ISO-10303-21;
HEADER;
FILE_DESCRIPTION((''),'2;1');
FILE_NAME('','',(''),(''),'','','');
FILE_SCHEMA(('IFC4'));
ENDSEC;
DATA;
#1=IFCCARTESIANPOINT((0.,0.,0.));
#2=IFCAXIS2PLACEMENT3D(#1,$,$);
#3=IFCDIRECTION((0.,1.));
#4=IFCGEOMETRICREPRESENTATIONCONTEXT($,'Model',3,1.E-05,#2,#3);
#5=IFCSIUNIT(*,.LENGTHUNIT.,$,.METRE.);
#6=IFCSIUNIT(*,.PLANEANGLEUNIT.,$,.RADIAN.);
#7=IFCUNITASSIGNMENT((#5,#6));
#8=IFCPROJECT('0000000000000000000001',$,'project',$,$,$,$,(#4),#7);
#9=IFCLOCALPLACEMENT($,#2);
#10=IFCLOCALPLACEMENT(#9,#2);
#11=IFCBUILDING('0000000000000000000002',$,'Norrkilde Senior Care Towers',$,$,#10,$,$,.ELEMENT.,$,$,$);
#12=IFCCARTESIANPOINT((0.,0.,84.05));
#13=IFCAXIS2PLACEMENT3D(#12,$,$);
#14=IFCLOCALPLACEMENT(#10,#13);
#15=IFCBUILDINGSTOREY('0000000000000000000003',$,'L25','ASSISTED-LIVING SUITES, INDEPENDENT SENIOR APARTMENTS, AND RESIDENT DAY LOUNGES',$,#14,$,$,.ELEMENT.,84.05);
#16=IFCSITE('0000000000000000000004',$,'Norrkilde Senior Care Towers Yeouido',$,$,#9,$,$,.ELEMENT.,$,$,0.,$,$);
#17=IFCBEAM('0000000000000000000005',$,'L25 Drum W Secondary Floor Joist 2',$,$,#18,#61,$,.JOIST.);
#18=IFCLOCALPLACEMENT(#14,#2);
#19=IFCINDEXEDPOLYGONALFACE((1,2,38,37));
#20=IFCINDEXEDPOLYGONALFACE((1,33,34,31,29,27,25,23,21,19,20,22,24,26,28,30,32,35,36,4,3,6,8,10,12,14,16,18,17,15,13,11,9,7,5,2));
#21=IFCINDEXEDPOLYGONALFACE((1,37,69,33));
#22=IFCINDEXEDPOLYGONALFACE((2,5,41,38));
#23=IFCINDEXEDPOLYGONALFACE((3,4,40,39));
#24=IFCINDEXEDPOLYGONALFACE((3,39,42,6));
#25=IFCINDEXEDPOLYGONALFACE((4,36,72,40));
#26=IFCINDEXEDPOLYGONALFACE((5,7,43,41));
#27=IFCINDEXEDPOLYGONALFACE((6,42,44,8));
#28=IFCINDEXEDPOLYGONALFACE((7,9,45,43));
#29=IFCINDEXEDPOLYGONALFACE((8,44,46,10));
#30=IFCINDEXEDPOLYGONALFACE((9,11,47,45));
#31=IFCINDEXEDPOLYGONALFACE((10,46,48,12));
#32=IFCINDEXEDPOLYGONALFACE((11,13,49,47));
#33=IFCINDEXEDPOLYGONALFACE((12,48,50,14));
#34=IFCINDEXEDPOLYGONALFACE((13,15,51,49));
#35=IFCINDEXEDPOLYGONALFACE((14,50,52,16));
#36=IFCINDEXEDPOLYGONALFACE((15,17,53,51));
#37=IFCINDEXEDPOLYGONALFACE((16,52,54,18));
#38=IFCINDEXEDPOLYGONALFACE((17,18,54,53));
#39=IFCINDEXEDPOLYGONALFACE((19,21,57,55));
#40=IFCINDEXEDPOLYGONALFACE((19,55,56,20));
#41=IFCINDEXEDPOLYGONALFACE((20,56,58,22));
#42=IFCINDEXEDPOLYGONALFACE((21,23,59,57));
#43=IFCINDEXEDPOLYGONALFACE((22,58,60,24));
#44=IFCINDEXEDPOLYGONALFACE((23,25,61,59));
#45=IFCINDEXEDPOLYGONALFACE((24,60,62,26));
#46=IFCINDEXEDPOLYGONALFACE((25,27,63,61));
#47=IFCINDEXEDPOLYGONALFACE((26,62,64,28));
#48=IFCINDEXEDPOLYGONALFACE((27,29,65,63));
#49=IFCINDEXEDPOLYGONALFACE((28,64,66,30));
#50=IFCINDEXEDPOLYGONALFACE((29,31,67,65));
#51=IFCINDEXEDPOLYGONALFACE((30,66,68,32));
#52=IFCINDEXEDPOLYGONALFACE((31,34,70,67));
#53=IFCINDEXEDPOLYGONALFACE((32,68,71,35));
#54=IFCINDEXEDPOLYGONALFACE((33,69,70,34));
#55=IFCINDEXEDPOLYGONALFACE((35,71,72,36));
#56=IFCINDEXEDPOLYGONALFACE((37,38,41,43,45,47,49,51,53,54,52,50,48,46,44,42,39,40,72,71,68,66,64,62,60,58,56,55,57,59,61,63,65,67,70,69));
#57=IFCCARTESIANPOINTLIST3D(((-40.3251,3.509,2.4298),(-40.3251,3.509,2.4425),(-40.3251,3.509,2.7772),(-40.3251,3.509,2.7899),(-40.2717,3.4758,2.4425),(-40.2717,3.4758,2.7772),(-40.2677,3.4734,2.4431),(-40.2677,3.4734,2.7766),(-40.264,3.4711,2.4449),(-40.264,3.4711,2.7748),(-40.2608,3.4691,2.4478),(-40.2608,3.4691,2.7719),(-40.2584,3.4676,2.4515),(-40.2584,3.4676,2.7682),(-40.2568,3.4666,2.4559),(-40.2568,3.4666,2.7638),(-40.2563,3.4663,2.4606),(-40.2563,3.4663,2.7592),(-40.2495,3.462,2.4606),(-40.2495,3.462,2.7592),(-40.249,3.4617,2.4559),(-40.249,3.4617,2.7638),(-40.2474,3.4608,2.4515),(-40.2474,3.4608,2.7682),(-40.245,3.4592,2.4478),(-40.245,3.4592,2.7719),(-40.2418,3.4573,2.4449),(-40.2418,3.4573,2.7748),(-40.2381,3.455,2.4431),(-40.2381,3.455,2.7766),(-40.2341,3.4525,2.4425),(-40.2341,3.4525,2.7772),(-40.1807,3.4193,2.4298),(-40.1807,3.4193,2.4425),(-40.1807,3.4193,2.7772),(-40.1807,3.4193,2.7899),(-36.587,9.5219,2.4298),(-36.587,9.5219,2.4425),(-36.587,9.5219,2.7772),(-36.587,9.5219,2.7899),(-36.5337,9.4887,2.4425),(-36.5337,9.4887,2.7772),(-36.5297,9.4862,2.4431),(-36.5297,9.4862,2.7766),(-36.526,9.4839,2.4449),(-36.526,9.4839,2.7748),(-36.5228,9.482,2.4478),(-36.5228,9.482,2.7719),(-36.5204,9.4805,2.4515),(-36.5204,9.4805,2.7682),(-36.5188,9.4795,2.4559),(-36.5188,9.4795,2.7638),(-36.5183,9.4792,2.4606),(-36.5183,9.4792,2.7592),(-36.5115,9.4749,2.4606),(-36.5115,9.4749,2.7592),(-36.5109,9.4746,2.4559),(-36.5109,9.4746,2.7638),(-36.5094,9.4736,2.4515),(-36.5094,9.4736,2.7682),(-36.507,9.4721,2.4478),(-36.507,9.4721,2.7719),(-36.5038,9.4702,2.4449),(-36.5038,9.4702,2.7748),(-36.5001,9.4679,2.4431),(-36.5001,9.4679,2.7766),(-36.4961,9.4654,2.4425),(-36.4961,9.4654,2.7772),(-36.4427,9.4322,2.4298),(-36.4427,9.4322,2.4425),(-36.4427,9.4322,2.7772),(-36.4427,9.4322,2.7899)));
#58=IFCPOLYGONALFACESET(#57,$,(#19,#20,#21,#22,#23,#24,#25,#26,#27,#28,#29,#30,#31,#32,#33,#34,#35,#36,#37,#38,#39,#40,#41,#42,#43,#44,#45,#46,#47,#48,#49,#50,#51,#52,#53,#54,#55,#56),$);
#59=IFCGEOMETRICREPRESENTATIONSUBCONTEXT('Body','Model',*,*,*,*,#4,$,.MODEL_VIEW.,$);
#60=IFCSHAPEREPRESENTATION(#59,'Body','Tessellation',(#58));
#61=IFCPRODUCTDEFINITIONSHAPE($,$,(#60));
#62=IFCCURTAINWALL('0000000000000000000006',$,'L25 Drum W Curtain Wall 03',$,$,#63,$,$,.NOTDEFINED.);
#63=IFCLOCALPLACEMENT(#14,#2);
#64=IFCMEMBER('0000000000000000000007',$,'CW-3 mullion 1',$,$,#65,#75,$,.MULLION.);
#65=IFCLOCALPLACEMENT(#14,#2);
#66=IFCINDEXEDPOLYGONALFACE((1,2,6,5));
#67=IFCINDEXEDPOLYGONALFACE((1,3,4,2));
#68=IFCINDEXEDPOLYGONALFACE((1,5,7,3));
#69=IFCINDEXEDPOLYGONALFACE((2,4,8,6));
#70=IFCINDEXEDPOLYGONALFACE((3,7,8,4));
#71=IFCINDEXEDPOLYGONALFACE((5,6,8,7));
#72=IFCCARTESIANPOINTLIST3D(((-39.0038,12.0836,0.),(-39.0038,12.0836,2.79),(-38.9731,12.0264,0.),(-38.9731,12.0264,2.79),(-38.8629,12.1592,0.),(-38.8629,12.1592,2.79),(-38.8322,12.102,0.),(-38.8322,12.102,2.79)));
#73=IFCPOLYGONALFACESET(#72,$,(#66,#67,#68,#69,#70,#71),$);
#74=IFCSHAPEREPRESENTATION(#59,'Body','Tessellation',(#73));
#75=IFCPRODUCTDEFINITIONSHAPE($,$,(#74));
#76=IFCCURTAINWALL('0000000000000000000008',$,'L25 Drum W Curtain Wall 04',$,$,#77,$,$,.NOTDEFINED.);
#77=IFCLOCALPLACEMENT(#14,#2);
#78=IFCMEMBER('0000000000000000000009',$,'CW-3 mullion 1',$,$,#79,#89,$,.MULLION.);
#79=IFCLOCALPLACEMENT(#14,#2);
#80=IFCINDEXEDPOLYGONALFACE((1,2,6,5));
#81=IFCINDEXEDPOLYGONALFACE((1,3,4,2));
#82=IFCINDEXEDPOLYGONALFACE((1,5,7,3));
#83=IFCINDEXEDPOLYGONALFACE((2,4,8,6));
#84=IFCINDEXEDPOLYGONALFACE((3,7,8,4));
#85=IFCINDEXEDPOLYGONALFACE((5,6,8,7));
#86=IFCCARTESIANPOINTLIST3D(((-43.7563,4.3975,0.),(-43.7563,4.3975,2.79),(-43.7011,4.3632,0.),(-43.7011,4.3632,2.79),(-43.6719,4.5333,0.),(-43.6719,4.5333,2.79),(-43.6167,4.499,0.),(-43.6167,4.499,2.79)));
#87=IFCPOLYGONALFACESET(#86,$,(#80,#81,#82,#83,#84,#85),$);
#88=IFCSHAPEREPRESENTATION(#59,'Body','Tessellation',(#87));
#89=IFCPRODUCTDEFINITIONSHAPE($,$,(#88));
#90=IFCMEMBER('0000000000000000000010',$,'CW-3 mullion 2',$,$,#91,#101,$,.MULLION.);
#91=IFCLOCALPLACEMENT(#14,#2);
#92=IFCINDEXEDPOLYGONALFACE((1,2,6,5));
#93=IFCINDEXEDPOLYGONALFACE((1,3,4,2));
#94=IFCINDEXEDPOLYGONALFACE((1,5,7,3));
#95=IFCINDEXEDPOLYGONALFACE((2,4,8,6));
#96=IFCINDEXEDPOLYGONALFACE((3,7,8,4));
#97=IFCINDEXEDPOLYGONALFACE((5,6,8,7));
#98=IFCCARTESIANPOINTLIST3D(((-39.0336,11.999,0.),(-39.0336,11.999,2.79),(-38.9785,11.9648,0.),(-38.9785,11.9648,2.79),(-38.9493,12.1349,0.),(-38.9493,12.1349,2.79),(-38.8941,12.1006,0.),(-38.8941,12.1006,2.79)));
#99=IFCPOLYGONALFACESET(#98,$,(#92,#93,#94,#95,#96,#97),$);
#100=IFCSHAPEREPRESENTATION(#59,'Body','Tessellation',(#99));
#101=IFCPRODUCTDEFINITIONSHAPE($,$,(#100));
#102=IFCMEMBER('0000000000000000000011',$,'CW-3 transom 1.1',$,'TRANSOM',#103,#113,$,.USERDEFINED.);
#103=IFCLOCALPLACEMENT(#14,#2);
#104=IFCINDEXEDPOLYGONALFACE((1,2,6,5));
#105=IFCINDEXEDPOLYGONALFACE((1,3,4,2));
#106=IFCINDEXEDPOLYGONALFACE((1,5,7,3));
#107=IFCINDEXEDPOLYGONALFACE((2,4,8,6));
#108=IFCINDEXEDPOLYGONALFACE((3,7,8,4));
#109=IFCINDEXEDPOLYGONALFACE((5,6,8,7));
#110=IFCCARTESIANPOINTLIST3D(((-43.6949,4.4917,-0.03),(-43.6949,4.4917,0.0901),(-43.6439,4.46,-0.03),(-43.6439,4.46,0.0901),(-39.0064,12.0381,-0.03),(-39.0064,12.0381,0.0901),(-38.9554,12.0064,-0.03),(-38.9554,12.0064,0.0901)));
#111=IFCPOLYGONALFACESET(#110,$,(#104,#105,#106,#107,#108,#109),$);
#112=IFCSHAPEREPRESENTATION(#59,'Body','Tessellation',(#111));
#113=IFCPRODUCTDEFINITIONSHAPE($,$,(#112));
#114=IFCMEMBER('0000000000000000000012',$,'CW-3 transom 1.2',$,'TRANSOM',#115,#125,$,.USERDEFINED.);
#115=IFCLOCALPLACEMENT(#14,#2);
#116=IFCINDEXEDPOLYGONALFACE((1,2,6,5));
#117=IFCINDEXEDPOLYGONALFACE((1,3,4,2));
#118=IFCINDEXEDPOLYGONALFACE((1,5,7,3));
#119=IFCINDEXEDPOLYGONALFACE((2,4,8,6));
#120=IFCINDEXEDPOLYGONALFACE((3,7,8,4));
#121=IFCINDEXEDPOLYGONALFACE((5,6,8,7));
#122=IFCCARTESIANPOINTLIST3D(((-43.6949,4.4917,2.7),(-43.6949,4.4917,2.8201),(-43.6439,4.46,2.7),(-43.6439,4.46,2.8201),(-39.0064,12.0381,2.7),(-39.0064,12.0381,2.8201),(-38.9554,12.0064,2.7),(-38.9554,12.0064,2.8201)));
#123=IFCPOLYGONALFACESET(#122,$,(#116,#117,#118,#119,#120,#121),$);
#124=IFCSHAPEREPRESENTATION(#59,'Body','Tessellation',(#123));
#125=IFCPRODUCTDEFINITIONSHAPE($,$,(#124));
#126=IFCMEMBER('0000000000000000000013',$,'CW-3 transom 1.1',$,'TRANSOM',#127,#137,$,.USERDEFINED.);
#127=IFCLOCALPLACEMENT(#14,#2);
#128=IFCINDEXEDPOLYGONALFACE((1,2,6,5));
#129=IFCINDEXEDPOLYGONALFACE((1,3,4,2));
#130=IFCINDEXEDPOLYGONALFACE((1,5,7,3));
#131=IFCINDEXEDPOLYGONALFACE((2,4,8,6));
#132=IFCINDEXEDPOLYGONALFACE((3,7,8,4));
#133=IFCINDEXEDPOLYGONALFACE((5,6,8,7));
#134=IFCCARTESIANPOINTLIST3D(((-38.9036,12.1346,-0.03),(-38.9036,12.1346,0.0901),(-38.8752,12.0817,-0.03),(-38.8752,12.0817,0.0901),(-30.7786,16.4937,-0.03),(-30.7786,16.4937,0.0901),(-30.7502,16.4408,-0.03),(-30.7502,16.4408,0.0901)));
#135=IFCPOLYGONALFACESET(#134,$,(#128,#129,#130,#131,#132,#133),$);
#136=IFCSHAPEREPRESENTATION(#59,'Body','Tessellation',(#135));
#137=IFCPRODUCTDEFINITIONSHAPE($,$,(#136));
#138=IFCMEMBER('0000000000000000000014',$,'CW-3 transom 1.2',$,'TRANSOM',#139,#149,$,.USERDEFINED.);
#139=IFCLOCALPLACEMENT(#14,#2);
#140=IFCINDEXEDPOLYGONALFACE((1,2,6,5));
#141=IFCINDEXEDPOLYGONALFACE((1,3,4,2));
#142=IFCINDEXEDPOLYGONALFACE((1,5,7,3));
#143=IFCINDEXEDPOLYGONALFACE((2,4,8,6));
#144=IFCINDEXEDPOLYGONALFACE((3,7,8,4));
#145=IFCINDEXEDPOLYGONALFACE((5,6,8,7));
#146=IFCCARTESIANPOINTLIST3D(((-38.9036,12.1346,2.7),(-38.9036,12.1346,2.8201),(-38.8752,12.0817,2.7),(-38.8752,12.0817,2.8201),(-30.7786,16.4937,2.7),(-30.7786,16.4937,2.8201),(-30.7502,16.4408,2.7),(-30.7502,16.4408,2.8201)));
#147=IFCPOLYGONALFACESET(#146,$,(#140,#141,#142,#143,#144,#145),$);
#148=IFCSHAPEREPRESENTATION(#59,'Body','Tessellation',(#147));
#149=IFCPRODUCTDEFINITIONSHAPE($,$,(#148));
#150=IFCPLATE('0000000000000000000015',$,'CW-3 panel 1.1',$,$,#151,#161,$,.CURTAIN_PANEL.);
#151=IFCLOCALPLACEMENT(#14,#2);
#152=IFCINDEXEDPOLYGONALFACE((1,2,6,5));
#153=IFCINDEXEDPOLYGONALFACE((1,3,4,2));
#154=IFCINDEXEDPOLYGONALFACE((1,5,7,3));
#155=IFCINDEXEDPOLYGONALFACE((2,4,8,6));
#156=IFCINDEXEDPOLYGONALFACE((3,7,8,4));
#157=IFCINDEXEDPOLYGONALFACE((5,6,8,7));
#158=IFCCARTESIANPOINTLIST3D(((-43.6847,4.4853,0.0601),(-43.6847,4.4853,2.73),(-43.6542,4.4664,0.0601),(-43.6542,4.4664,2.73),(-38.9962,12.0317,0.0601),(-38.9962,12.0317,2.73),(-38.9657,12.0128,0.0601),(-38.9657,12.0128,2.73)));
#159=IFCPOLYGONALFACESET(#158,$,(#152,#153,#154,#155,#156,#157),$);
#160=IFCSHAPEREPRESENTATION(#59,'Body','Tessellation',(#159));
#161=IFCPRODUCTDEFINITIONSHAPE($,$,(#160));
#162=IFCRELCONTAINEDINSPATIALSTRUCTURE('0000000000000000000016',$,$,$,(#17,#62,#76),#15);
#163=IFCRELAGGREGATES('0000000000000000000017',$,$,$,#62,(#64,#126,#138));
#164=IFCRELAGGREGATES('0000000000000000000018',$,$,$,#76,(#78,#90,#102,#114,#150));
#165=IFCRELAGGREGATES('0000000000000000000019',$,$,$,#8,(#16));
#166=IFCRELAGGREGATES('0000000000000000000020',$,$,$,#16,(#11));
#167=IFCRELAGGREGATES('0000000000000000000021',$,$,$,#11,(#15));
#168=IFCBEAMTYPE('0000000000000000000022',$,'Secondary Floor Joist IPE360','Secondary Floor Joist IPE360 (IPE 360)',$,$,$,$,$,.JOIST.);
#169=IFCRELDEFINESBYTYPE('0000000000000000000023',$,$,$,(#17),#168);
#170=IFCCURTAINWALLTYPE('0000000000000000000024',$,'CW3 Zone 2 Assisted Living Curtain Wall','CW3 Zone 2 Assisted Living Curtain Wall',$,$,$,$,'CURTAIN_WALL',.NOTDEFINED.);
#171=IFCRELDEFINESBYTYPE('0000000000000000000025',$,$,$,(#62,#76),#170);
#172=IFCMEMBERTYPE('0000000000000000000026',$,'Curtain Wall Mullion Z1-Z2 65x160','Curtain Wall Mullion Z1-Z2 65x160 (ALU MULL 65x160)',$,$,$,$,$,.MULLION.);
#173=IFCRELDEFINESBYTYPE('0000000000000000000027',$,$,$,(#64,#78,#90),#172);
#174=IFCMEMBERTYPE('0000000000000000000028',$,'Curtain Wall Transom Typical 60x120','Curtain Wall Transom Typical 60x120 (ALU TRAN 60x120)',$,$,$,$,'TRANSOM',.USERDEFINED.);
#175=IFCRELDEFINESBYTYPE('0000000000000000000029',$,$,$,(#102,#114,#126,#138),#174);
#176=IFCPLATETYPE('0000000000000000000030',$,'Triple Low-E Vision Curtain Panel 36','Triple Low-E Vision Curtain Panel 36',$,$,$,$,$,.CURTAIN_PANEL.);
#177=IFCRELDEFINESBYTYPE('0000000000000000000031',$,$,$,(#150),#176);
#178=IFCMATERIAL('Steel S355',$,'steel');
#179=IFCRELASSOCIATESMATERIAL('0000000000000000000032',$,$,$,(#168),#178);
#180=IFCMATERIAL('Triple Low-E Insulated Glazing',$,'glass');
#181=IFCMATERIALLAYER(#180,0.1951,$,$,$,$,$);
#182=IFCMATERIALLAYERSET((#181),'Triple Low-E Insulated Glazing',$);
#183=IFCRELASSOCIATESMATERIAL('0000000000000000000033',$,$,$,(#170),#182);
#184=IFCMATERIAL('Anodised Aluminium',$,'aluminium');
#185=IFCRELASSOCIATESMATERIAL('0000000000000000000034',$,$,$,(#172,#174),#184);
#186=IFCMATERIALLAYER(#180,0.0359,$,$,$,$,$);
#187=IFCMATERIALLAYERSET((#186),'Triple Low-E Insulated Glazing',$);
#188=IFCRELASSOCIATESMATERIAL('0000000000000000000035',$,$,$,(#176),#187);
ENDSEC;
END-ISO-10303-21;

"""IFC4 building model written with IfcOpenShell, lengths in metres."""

from ifc_helpers import new_model, si_unit, direction, frame, origin, origin_2d, place, context, subcontext, project, spatial, rectangle, i_section, extrude, source, transform, mapped, material, layer, layer_set, material_profile, profile_set, type_object, type_shapes, element, aggregate, save


model = new_model("IFC4")

# Units and contexts
model_context = context("Model", 3, precision=1e-05, world=origin(), true_north=direction((0.0, 1.0)))
body_context = subcontext(model_context, "Body", "Model", "MODEL_VIEW")
ifc_project = project(units=[si_unit("LENGTHUNIT", "METRE"), si_unit("PLANEANGLEUNIT", "RADIAN")], contexts=[model_context])

# Site, building, storey
site_placement = place(None, origin())
site = spatial("IfcSite", under=ifc_project, at=site_placement, Name="Norrkilde Senior Care Towers Yeouido", CompositionType="ELEMENT", RefElevation=0.0)
building_placement = place(site_placement, origin())
building = spatial("IfcBuilding", under=site, at=building_placement, Name="Norrkilde Senior Care Towers", CompositionType="ELEMENT")
storey_placement = place(building_placement, frame((0.0, 0.0, 84.05)))
storey = spatial("IfcBuildingStorey", under=building, at=storey_placement, Name="L25", Description="ASSISTED-LIVING SUITES, INDEPENDENT SENIOR APARTMENTS, AND RESIDENT DAY LOUNGES", CompositionType="ELEMENT", Elevation=84.05)

# Beam
ifc_material_1 = material(Name="Steel S355", Category="steel")
ifc_material_profile_1 = material_profile(ifc_material_1, i_section(OverallWidth=0.1699, OverallDepth=0.3601, WebThickness=0.0081, FlangeThickness=0.0127, FilletRadius=0.0181, at=origin_2d()), Name="IPE 360")
ifc_profile_set_1 = profile_set([ifc_material_profile_1], Name="Steel S355")
beam_type_1 = type_object("IfcBeamType", Name="Secondary Floor Joist IPE360", Description="Secondary Floor Joist IPE360 (IPE 360)", PredefinedType="JOIST", material=ifc_profile_set_1)
shared_shape_1 = source(origin(), body_context, "Body", "SweptSolid", [
    extrude(i_section(OverallWidth=0.1699, OverallDepth=0.3601, WebThickness=0.0081, FlangeThickness=0.0127, FilletRadius=0.0181, at=origin_2d()), origin(), (0.0, 0.0, 1.0), 7.0801),
])
type_shapes(beam_type_1, [shared_shape_1])
beam_1_placement = place(storey_placement, frame((-36.5149, 9.4771, 2.6099), z_axis=(-0.527961, -0.849269, 0.0), x_axis=(0.849269, -0.527961, 0.0)))
element("IfcBeam", 1, at=beam_1_placement, inside=storey, type_object=beam_type_1, Name="L25 Drum W Secondary Floor Joist 2", PredefinedType="JOIST", context=body_context, shape_type="MappedRepresentation", body=[
    mapped(shared_shape_1, transform((0.0, 0.0, 0.0), x_axis=(1.0, 0.0, 0.0), y_axis=(0.0, 1.0, 0.0), z_axis=(0.0, 0.0, 1.0), scale=1.0)),
])

# Curtain wall, member
ifc_material_2 = material(Name="Triple Low-E Insulated Glazing", Category="glass")
ifc_layer_1 = layer(ifc_material_2, 0.1951)
ifc_layer_set_1 = layer_set([ifc_layer_1], Name="Triple Low-E Insulated Glazing")
curtain_wall_type = type_object("IfcCurtainWallType", Name="CW3 Zone 2 Assisted Living Curtain Wall", Description="CW3 Zone 2 Assisted Living Curtain Wall", ElementType="CURTAIN_WALL", PredefinedType="NOTDEFINED", material=ifc_layer_set_1)
curtain_wall_1_placement = place(storey_placement, origin())
curtain_wall_1 = element("IfcCurtainWall", 2, at=curtain_wall_1_placement, inside=storey, type_object=curtain_wall_type, Name="L25 Drum W Curtain Wall 03", PredefinedType="NOTDEFINED")
ifc_material_3 = material(Name="Anodised Aluminium", Category="aluminium")
ifc_material_profile_2 = material_profile(ifc_material_3, rectangle(XDim=0.0649, YDim=0.1599, at=origin_2d()), Name="ALU MULL 65x160")
ifc_profile_set_2 = profile_set([ifc_material_profile_2], Name="Anodised Aluminium")
member_type_1 = type_object("IfcMemberType", Name="Curtain Wall Mullion Z1-Z2 65x160", Description="Curtain Wall Mullion Z1-Z2 65x160 (ALU MULL 65x160)", PredefinedType="MULLION", material=ifc_profile_set_2)
shared_shape_2 = source(origin(), body_context, "Body", "SweptSolid", [
    extrude(rectangle(XDim=0.0649, YDim=0.1599, at=origin_2d()), origin(), (0.0, 0.0, 1.0), 2.79),
])
type_shapes(member_type_1, [shared_shape_2])
member_1_placement = place(storey_placement, frame((-38.918, 12.0928, 0.0), z_axis=(0.0, 0.0, 1.0), x_axis=(-0.472769, 0.881186, 0.0)))
member_1 = element("IfcMember", 3, at=member_1_placement, type_object=member_type_1, Name="CW-3 mullion 1", PredefinedType="MULLION", context=body_context, shape_type="MappedRepresentation", body=[
    mapped(shared_shape_2, transform((0.0, 0.0, 0.0), x_axis=(1.0, 0.0, 0.0), y_axis=(0.0, 1.0, 0.0), z_axis=(0.0, 0.0, 1.0), scale=1.0)),
])

# Curtain wall, members
curtain_wall_2_placement = place(storey_placement, origin())
curtain_wall_2 = element("IfcCurtainWall", 4, at=curtain_wall_2_placement, inside=storey, type_object=curtain_wall_type, Name="L25 Drum W Curtain Wall 04", PredefinedType="NOTDEFINED")
member_2_placement = place(storey_placement, frame((-43.6865, 4.4482, 0.0), z_axis=(0.0, 0.0, 1.0), x_axis=(-0.84941, 0.527733, 0.0)))
member_2 = element("IfcMember", 5, at=member_2_placement, type_object=member_type_1, Name="CW-3 mullion 1", PredefinedType="MULLION", context=body_context, shape_type="MappedRepresentation", body=[
    mapped(shared_shape_2, transform((0.0, 0.0, 0.0), x_axis=(1.0, 0.0, 0.0), y_axis=(0.0, 1.0, 0.0), z_axis=(0.0, 0.0, 1.0), scale=1.0)),
])
member_3_placement = place(storey_placement, frame((-38.9639, 12.0498, 0.0), z_axis=(0.0, 0.0, 1.0), x_axis=(-0.84941, 0.527733, 0.0)))
member_3 = element("IfcMember", 6, at=member_3_placement, type_object=member_type_1, Name="CW-3 mullion 2", PredefinedType="MULLION", context=body_context, shape_type="MappedRepresentation", body=[
    mapped(shared_shape_2, transform((0.0, 0.0, 0.0), x_axis=(1.0, 0.0, 0.0), y_axis=(0.0, 1.0, 0.0), z_axis=(0.0, 0.0, 1.0), scale=1.0)),
])
ifc_material_profile_3 = material_profile(ifc_material_3, rectangle(XDim=0.0601, YDim=0.1201, at=origin_2d()), Name="ALU TRAN 60x120")
ifc_profile_set_3 = profile_set([ifc_material_profile_3], Name="Anodised Aluminium")
member_type_2 = type_object("IfcMemberType", Name="Curtain Wall Transom Typical 60x120", Description="Curtain Wall Transom Typical 60x120 (ALU TRAN 60x120)", ElementType="TRANSOM", PredefinedType="USERDEFINED", material=ifc_profile_set_3)
shared_shape_3 = source(origin(), body_context, "Body", "SweptSolid", [
    extrude(rectangle(XDim=0.0601, YDim=0.1201, at=origin_2d()), origin(), (0.0, 0.0, 1.0), 8.8843),
])
member_4_placement = place(storey_placement, frame((-43.6694, 4.4758, 0.03), z_axis=(0.527729, 0.849413, 0.0), x_axis=(-0.849413, 0.527729, 0.0)))
member_4 = element("IfcMember", 7, at=member_4_placement, type_object=member_type_2, Name="CW-3 transom 1.1", ObjectType="TRANSOM", PredefinedType="USERDEFINED", context=body_context, shape_type="MappedRepresentation", body=[
    mapped(shared_shape_3, transform((0.0, 0.0, 0.0), x_axis=(1.0, 0.0, 0.0), y_axis=(0.0, 1.0, 0.0), z_axis=(0.0, 0.0, 1.0), scale=1.0)),
])
member_5_placement = place(storey_placement, frame((-43.6694, 4.4758, 2.76), z_axis=(0.527729, 0.849413, 0.0), x_axis=(-0.849413, 0.527729, 0.0)))
member_5 = element("IfcMember", 8, at=member_5_placement, type_object=member_type_2, Name="CW-3 transom 1.2", ObjectType="TRANSOM", PredefinedType="USERDEFINED", context=body_context, shape_type="MappedRepresentation", body=[
    mapped(shared_shape_3, transform((0.0, 0.0, 0.0), x_axis=(1.0, 0.0, 0.0), y_axis=(0.0, 1.0, 0.0), z_axis=(0.0, 0.0, 1.0), scale=1.0)),
])

# Members
shared_shape_4 = source(origin(), body_context, "Body", "SweptSolid", [
    extrude(rectangle(XDim=0.0601, YDim=0.1201, at=origin_2d()), origin(), (0.0, 0.0, 1.0), 9.2205),
])
type_shapes(member_type_2, [shared_shape_3, shared_shape_4])
member_6_placement = place(storey_placement, frame((-38.8894, 12.1082, 0.03), z_axis=(0.881189, 0.472765, 0.0), x_axis=(-0.472765, 0.881189, 0.0)))
member_6 = element("IfcMember", 9, at=member_6_placement, type_object=member_type_2, Name="CW-3 transom 1.1", ObjectType="TRANSOM", PredefinedType="USERDEFINED", context=body_context, shape_type="MappedRepresentation", body=[
    mapped(shared_shape_4, transform((0.0, 0.0, 0.0), x_axis=(1.0, 0.0, 0.0), y_axis=(0.0, 1.0, 0.0), z_axis=(0.0, 0.0, 1.0), scale=1.0)),
])
member_7_placement = place(storey_placement, frame((-38.8894, 12.1082, 2.76), z_axis=(0.881189, 0.472765, 0.0), x_axis=(-0.472765, 0.881189, 0.0)))
member_7 = element("IfcMember", 10, at=member_7_placement, type_object=member_type_2, Name="CW-3 transom 1.2", ObjectType="TRANSOM", PredefinedType="USERDEFINED", context=body_context, shape_type="MappedRepresentation", body=[
    mapped(shared_shape_4, transform((0.0, 0.0, 0.0), x_axis=(1.0, 0.0, 0.0), y_axis=(0.0, 1.0, 0.0), z_axis=(0.0, 0.0, 1.0), scale=1.0)),
])
aggregate(curtain_wall_1, [member_1, member_6, member_7])

# Plate
ifc_layer_2 = layer(ifc_material_2, 0.0359)
ifc_layer_set_2 = layer_set([ifc_layer_2], Name="Triple Low-E Insulated Glazing")
plate_type = type_object("IfcPlateType", Name="Triple Low-E Vision Curtain Panel 36", Description="Triple Low-E Vision Curtain Panel 36", PredefinedType="CURTAIN_PANEL", material=ifc_layer_set_2)
shared_shape_5 = source(origin(), body_context, "Body", "SweptSolid", [
    extrude(rectangle(XDim=8.8843, YDim=0.0359, at=origin_2d()), origin(), (0.0, 0.0, 1.0), 2.6699),
])
type_shapes(plate_type, [shared_shape_5])
plate_placement = place(storey_placement, frame((-41.3252, 8.249, 0.0601), z_axis=(0.0, 0.0, 1.0), x_axis=(0.527733, 0.84941, 0.0)))
plate = element("IfcPlate", 11, at=plate_placement, type_object=plate_type, Name="CW-3 panel 1.1", PredefinedType="CURTAIN_PANEL", context=body_context, shape_type="MappedRepresentation", body=[
    mapped(shared_shape_5, transform((0.0, 0.0, 0.0), x_axis=(1.0, 0.0, 0.0), y_axis=(0.0, 1.0, 0.0), z_axis=(0.0, 0.0, 1.0), scale=1.0)),
])
aggregate(curtain_wall_2, [member_2, member_3, member_4, member_5, plate])

save(model, "model.ifc")
